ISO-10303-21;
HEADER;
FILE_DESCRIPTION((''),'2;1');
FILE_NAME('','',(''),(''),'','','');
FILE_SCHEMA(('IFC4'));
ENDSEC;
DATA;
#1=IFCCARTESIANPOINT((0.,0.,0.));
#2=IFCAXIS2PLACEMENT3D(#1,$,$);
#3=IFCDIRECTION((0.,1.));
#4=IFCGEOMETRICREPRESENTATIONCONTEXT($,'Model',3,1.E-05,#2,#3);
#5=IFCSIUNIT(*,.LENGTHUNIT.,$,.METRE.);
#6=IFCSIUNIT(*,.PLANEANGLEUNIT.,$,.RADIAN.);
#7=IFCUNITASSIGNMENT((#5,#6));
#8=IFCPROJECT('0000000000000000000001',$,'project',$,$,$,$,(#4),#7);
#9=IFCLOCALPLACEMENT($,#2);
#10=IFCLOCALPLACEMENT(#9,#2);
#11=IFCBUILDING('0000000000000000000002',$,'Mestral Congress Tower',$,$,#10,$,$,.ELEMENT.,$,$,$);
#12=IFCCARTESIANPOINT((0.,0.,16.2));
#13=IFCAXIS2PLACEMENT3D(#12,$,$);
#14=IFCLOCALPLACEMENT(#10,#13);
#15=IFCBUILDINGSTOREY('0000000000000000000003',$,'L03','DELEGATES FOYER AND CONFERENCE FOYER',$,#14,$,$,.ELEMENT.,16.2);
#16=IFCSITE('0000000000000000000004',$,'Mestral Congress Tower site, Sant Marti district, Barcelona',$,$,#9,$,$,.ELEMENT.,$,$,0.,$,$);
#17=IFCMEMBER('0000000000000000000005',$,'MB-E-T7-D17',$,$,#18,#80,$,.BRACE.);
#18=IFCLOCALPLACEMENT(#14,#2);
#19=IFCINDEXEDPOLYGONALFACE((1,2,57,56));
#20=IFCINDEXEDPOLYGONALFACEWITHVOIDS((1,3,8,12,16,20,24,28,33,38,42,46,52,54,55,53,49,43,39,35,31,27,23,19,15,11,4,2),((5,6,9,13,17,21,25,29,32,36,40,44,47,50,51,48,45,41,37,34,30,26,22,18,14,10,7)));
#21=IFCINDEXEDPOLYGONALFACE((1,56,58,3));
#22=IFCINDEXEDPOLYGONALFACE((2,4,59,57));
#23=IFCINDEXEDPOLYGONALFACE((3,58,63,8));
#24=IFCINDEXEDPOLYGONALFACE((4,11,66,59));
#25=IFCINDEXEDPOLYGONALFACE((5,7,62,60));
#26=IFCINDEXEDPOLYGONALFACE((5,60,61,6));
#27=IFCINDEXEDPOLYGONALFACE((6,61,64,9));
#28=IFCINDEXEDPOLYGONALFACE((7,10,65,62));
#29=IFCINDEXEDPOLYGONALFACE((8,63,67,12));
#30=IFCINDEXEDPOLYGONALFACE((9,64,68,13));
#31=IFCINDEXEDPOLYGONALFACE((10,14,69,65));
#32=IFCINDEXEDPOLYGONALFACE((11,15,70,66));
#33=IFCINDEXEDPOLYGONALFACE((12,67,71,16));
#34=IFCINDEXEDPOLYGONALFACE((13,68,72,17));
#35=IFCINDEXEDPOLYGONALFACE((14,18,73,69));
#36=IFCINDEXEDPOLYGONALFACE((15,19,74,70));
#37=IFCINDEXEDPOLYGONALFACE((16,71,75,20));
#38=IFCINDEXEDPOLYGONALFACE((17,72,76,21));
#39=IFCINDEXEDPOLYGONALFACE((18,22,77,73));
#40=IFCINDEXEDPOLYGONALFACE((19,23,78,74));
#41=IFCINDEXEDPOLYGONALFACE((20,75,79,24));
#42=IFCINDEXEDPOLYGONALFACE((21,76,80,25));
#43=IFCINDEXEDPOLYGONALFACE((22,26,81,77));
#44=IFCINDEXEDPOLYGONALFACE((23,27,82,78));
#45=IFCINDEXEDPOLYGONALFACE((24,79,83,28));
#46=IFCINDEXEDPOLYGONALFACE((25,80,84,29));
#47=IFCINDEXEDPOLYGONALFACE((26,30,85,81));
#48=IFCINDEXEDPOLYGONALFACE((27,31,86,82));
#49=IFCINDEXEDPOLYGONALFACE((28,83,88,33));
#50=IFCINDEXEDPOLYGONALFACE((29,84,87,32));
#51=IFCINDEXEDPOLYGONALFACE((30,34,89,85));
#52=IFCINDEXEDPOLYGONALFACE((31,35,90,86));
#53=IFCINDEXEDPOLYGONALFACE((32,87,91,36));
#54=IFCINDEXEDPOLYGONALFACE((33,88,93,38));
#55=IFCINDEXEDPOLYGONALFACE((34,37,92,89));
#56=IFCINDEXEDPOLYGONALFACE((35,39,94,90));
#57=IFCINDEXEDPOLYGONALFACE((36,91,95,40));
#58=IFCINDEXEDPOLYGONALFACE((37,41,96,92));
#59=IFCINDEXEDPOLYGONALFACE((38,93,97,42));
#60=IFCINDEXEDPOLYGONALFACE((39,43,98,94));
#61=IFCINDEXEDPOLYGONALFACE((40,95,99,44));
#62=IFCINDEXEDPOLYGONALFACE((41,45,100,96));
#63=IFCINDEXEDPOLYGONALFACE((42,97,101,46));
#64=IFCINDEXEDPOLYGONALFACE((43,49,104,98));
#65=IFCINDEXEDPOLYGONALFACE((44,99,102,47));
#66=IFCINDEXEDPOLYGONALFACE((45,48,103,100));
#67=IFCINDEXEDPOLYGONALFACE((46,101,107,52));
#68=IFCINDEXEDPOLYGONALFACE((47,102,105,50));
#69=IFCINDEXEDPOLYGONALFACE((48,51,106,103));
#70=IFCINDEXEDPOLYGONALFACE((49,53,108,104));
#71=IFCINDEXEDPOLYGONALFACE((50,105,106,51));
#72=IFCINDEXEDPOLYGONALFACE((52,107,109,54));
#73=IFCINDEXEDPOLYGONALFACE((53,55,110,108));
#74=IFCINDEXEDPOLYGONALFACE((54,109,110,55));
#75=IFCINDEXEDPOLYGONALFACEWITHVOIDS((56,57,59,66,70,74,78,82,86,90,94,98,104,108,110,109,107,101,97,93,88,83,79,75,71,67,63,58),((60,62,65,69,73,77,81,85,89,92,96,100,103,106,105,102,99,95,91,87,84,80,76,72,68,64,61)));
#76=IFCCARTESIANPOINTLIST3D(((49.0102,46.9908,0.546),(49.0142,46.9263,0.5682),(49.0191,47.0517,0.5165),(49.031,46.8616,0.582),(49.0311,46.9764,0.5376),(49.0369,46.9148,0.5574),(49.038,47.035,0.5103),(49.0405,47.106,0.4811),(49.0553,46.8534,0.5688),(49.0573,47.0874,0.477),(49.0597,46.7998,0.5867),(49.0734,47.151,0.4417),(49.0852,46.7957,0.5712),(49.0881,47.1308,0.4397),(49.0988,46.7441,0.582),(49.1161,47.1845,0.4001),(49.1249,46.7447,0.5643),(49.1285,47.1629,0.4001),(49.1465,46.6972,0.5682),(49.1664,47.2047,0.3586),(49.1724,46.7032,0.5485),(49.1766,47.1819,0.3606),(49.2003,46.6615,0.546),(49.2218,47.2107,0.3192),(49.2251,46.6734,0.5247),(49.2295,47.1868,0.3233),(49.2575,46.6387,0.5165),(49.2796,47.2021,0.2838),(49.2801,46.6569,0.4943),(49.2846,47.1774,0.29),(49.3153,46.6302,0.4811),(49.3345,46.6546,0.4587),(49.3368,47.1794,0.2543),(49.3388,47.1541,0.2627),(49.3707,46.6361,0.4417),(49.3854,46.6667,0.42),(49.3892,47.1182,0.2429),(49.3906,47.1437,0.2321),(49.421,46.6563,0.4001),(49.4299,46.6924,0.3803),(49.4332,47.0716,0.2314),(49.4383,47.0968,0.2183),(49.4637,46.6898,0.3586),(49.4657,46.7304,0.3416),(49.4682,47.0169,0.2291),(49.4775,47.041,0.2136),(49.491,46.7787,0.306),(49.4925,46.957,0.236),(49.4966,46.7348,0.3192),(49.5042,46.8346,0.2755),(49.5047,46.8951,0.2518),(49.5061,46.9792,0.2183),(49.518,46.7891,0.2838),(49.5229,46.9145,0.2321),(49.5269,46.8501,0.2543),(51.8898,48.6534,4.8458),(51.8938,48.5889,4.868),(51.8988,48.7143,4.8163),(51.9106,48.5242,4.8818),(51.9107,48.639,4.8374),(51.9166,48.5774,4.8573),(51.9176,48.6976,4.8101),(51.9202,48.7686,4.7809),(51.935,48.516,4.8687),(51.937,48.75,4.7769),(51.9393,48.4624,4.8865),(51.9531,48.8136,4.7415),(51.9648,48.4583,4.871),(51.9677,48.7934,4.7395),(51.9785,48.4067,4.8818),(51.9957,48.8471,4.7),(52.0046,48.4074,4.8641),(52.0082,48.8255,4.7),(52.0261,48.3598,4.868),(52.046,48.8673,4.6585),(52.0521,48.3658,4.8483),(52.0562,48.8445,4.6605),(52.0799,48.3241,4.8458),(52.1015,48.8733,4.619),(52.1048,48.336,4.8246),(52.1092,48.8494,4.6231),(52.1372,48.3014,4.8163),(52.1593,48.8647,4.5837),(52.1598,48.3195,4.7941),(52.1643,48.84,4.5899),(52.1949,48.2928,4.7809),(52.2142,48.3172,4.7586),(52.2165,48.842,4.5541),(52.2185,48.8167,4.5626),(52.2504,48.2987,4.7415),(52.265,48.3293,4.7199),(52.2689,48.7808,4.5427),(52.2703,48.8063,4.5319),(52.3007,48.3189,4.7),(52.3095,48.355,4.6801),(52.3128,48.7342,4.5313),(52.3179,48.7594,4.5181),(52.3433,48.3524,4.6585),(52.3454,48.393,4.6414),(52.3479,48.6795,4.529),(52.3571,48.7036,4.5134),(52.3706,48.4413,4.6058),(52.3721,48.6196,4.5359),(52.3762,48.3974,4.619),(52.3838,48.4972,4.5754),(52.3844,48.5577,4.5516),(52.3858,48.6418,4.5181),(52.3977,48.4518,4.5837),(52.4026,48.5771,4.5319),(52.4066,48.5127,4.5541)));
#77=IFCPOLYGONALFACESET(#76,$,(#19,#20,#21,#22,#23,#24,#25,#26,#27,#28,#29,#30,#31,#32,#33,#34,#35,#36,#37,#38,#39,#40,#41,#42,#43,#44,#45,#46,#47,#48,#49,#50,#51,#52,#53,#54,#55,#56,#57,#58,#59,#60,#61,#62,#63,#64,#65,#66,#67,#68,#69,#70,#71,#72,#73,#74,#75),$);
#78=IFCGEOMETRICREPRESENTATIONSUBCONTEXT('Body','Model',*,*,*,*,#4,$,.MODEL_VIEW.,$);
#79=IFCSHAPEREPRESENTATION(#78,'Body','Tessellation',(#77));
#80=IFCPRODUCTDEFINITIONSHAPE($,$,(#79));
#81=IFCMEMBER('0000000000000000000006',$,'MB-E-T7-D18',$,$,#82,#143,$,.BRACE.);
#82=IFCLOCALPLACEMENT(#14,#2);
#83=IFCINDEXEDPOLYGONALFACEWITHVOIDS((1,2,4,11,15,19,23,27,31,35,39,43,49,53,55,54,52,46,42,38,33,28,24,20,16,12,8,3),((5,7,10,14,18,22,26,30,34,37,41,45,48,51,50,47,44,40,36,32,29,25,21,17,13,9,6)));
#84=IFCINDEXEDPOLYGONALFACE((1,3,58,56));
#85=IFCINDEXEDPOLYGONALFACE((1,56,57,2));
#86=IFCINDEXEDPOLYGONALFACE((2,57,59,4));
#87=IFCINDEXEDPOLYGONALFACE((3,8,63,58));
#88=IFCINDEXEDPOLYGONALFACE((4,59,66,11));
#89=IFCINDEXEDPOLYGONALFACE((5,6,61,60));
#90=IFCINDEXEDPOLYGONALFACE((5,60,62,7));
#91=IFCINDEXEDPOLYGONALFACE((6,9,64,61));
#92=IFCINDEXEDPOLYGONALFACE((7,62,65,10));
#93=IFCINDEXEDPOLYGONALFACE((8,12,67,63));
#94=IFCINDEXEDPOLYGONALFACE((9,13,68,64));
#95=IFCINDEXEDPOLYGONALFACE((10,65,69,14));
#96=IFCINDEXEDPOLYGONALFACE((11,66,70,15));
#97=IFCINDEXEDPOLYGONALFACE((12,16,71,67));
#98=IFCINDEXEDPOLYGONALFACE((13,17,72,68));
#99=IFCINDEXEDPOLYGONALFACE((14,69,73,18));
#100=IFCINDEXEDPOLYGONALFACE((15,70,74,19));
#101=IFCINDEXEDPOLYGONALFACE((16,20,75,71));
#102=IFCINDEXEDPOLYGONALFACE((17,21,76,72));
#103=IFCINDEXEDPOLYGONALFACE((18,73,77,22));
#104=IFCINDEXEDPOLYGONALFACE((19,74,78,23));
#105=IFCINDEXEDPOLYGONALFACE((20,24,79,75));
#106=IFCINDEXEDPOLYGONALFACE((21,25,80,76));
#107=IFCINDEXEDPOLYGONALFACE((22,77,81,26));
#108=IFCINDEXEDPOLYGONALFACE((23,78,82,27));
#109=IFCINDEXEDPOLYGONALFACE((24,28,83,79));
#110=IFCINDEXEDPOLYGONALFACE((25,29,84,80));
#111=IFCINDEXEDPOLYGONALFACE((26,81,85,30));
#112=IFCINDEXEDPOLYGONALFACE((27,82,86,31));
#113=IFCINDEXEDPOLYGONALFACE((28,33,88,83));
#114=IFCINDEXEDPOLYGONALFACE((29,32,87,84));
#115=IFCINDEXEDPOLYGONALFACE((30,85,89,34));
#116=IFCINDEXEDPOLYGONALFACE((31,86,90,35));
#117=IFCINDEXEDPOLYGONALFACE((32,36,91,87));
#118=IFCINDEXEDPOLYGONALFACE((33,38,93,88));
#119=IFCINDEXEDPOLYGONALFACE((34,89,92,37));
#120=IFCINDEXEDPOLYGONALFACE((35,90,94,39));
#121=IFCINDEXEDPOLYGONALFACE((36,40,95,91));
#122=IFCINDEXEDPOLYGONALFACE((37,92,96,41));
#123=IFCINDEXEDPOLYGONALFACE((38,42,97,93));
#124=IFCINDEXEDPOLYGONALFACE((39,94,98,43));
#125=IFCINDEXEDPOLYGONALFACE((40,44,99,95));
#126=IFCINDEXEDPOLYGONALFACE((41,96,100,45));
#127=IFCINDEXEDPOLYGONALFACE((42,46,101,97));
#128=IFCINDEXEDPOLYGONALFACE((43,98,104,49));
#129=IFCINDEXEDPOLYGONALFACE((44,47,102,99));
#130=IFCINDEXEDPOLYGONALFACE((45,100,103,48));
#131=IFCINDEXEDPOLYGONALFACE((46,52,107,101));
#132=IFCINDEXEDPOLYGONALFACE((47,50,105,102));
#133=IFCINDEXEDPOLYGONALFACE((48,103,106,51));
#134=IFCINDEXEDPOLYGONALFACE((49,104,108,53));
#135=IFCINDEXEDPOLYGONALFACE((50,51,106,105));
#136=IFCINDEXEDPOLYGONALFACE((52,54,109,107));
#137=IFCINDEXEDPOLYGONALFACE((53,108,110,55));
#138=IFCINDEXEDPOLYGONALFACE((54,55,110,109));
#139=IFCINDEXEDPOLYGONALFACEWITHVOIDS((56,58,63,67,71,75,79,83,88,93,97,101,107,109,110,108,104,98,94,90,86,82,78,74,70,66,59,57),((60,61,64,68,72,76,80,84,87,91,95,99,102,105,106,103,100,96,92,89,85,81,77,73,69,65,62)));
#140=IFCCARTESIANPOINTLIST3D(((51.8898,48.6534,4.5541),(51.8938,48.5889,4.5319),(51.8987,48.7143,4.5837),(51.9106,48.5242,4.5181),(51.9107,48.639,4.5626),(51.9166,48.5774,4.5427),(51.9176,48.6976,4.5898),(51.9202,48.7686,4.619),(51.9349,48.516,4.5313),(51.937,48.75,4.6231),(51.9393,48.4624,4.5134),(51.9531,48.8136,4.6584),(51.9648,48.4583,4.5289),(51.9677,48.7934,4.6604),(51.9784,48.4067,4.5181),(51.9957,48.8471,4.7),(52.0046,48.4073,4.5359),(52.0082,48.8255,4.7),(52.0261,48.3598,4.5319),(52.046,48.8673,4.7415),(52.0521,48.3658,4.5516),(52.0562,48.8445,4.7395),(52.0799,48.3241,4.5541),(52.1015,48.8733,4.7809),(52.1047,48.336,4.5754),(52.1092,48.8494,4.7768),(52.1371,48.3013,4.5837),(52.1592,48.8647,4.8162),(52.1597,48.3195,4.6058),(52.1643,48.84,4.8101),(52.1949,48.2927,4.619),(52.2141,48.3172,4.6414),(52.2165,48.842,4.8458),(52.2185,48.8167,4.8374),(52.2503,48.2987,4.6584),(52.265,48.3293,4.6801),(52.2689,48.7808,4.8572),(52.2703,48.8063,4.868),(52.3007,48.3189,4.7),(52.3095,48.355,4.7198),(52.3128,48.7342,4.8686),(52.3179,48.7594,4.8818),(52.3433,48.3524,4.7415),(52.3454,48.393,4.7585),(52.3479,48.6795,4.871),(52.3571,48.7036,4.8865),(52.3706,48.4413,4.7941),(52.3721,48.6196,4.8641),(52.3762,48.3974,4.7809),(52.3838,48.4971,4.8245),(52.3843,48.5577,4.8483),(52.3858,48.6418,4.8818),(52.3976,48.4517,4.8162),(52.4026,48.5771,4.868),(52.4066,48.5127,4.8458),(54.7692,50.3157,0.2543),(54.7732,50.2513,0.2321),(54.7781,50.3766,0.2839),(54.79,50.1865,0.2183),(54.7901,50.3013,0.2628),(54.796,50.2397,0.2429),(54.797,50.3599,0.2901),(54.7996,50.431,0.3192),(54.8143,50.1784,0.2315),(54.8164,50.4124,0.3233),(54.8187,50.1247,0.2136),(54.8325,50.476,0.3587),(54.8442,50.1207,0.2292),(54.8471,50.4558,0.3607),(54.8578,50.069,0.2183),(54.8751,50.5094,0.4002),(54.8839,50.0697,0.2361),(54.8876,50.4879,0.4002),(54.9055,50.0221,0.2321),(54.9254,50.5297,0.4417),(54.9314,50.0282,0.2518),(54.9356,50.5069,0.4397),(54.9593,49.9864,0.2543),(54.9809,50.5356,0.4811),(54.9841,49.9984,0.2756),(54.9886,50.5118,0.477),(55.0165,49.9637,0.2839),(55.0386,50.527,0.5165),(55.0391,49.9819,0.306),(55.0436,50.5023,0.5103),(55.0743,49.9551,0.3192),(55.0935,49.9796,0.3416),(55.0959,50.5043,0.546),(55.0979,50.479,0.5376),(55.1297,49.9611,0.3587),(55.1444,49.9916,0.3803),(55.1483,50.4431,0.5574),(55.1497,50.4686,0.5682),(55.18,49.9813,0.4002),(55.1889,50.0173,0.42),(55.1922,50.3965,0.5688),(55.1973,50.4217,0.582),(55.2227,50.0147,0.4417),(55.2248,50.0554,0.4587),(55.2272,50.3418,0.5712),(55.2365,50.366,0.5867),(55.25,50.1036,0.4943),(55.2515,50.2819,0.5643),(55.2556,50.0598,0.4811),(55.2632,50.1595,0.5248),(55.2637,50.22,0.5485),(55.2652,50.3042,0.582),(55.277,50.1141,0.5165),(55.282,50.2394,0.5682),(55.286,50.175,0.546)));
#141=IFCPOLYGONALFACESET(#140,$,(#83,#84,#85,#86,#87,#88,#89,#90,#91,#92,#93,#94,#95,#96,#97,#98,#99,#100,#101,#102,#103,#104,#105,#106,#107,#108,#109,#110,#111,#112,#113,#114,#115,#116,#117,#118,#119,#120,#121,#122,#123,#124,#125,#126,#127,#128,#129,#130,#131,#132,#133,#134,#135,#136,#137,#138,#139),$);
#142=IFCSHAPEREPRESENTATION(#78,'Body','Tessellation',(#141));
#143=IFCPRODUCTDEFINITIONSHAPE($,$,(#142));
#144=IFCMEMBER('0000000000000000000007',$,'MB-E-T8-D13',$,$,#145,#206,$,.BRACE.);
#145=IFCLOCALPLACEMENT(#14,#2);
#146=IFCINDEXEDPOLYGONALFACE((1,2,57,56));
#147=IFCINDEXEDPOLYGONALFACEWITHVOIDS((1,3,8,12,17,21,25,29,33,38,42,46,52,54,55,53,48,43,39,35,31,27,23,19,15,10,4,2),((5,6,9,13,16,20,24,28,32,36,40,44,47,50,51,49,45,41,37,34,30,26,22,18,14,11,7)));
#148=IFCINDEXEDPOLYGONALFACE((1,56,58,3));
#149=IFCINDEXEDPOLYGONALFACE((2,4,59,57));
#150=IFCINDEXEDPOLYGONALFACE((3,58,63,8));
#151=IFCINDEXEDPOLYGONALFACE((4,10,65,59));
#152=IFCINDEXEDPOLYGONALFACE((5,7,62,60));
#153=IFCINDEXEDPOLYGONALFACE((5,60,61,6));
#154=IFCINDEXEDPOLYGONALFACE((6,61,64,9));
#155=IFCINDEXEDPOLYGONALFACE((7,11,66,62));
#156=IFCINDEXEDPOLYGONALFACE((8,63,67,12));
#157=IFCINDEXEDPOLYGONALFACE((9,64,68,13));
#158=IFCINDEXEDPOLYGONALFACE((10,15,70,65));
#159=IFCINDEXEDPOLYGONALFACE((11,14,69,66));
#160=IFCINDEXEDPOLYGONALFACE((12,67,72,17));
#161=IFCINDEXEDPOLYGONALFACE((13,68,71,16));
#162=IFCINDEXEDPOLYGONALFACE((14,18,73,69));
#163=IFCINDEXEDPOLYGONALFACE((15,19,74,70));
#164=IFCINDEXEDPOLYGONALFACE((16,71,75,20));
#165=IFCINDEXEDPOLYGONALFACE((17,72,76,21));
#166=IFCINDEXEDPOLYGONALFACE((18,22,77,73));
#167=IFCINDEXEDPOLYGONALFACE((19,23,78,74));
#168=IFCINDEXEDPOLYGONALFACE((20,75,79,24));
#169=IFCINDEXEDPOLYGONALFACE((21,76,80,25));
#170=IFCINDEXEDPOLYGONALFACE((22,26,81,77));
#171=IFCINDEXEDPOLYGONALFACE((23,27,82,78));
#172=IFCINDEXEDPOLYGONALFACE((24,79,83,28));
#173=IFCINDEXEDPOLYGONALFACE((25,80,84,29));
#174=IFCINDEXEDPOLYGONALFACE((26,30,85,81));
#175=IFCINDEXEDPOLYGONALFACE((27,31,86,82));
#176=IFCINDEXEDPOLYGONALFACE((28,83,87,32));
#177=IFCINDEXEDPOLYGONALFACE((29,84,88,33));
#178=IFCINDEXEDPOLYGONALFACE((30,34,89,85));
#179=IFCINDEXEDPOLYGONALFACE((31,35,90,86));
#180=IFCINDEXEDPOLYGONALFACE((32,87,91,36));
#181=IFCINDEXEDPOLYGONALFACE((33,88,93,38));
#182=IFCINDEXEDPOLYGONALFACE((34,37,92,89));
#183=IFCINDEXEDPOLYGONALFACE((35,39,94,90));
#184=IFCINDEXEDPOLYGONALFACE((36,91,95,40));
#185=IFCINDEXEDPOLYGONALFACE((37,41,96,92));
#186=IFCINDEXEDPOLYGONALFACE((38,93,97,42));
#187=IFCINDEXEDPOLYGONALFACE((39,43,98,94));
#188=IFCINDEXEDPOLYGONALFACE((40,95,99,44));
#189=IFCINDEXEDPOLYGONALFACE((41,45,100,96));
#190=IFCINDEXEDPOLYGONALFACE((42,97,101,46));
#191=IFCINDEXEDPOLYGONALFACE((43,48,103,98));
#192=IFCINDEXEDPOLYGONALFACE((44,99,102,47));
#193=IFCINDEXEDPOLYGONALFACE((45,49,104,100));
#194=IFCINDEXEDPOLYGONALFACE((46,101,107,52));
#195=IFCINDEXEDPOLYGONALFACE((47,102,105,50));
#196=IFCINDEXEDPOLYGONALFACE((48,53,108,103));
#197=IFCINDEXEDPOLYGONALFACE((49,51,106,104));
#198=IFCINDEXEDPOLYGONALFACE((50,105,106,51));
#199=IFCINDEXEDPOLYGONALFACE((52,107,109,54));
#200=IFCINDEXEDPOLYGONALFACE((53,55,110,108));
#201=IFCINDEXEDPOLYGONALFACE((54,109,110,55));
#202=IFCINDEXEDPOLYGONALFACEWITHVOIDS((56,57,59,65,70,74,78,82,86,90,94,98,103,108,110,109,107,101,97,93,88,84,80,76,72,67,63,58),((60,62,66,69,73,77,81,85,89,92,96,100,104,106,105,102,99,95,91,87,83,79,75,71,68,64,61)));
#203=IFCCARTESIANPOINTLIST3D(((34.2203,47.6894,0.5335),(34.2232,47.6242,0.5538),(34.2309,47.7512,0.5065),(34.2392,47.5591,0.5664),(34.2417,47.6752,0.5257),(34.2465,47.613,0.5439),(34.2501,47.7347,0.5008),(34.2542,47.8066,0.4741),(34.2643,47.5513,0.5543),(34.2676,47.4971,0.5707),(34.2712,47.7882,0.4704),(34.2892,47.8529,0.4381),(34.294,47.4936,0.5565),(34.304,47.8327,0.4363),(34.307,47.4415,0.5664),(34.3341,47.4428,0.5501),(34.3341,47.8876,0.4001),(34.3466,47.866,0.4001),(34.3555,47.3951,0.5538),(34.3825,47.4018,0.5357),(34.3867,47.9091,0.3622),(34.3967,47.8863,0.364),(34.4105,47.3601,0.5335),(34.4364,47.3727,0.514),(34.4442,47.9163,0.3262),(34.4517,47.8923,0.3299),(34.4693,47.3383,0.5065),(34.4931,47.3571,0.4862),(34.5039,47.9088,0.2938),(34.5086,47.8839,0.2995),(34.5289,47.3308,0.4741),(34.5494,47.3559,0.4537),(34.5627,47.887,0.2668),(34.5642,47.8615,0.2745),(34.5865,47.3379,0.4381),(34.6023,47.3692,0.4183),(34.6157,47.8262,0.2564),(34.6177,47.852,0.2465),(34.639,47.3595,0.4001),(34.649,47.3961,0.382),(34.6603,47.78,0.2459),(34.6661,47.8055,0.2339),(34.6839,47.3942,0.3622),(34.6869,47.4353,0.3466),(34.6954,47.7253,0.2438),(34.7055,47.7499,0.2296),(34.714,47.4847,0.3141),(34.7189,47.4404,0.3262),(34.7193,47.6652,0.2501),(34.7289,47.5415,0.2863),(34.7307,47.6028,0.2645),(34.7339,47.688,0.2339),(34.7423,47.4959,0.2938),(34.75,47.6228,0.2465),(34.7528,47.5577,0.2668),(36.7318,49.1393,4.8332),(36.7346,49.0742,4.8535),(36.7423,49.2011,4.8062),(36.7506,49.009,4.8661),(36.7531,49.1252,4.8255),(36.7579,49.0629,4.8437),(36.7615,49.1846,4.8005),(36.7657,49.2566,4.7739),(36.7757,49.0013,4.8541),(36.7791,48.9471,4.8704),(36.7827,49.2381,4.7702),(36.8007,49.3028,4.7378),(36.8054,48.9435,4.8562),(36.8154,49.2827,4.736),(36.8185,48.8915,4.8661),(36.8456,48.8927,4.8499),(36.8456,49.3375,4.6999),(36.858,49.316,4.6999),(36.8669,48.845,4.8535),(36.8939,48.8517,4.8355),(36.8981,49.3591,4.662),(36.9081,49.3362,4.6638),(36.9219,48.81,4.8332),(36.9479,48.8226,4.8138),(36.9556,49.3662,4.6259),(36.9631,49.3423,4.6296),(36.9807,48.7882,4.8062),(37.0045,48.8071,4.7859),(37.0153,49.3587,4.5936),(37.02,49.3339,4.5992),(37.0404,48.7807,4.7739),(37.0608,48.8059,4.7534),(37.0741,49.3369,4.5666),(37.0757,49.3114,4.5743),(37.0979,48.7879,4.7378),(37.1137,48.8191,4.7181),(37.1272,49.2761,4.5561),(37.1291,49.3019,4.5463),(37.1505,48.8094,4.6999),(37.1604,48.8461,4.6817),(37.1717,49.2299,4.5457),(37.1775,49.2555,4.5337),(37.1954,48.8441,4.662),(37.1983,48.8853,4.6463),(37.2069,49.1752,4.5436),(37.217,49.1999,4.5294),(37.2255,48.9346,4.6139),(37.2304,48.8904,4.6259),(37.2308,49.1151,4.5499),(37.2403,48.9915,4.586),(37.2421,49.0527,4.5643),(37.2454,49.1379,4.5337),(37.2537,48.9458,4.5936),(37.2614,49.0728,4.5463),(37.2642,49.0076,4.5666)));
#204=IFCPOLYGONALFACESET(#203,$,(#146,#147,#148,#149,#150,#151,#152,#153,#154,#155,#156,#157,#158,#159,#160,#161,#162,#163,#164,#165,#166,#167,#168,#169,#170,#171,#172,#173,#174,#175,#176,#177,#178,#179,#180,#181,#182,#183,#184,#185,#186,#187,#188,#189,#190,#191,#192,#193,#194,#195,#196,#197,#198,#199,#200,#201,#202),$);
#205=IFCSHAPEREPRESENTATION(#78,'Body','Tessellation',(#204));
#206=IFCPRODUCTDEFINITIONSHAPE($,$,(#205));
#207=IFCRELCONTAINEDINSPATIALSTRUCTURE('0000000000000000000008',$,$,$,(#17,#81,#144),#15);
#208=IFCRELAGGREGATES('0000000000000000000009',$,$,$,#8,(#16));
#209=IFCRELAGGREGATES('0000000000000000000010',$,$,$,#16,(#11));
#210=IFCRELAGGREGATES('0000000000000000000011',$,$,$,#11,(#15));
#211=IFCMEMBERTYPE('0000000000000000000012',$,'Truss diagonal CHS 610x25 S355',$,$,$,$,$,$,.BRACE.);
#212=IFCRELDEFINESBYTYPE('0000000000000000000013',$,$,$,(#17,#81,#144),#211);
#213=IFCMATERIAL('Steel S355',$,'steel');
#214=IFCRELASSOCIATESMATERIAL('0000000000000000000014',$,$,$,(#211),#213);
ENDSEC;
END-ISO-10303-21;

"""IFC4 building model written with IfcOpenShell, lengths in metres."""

from ifc_helpers import new_model, si_unit, direction, frame, origin, origin_2d, place, context, subcontext, project, spatial, hollow_circle, extrude, material, material_profile, profile_set, type_object, element, save


model = new_model("IFC4")

# Units and contexts
model_context = context("Model", 3, precision=1e-05, world=origin(), true_north=direction((0.0, 1.0)))
body_context = subcontext(model_context, "Body", "Model", "MODEL_VIEW")
ifc_project = project(units=[si_unit("LENGTHUNIT", "METRE"), si_unit("PLANEANGLEUNIT", "RADIAN")], contexts=[model_context])

# Site, building, storey
site_placement = place(None, origin())
site = spatial("IfcSite", under=ifc_project, at=site_placement, Name="Mestral Congress Tower site, Sant Marti district, Barcelona", CompositionType="ELEMENT", RefElevation=0.0)
building_placement = place(site_placement, origin())
building = spatial("IfcBuilding", under=site, at=building_placement, Name="Mestral Congress Tower", CompositionType="ELEMENT")
storey_placement = place(building_placement, frame((0.0, 0.0, 16.2)))
storey = spatial("IfcBuildingStorey", under=building, at=storey_placement, Name="L03", Description="DELEGATES FOYER AND CONFERENCE FOYER", CompositionType="ELEMENT", Elevation=16.2)

# Members
ifc_material_1 = material(Name="Steel S355", Category="steel")
ifc_material_profile_1 = material_profile(ifc_material_1, hollow_circle(Radius=0.3049, WallThickness=0.0249, at=origin_2d()), Name="CHS 610x25")
ifc_profile_set_1 = profile_set([ifc_material_profile_1], Name="Steel S355")
member_type_1 = type_object("IfcMemberType", Name="Truss diagonal CHS 610x25 S355", PredefinedType="BRACE", material=ifc_profile_set_1)
member_1_placement = place(storey_placement, frame((49.2686, 46.9204, 0.4001), z_axis=(0.529782, 0.305877, 0.791057), x_axis=(-0.500008, 0.866021, 0.0)))
element("IfcMember", 1, at=member_1_placement, inside=storey, type_object=member_type_1, Name="MB-E-T7-D17", PredefinedType="BRACE", context=body_context, shape_type="SweptSolid", body=[
    extrude(hollow_circle(Radius=0.3049, WallThickness=0.0249, at=origin_2d()), origin(), (0.0, 0.0, 1.0), 5.4355),
])
member_2_placement = place(storey_placement, frame((52.1482, 48.583, 4.7), z_axis=(0.529757, 0.305843, -0.791087), x_axis=(-0.499985, 0.866034, 0.0)))
element("IfcMember", 2, at=member_2_placement, inside=storey, type_object=member_type_1, Name="MB-E-T7-D18", PredefinedType="BRACE", context=body_context, shape_type="SweptSolid", body=[
    extrude(hollow_circle(Radius=0.3049, WallThickness=0.0249, at=origin_2d()), origin(), (0.0, 0.0, 1.0), 5.4353),
])
member_3_placement = place(storey_placement, frame((34.4866, 47.6235, 0.4001), z_axis=(0.484247, 0.279571, 0.829062), x_axis=(-0.499987, 0.866033, 0.0)))
element("IfcMember", 3, at=member_3_placement, inside=storey, type_object=member_type_1, Name="MB-E-T8-D13", PredefinedType="BRACE", context=body_context, shape_type="SweptSolid", body=[
    extrude(hollow_circle(Radius=0.3049, WallThickness=0.0249, at=origin_2d()), origin(), (0.0, 0.0, 1.0), 5.1863),
])

save(model, "model.ifc")
